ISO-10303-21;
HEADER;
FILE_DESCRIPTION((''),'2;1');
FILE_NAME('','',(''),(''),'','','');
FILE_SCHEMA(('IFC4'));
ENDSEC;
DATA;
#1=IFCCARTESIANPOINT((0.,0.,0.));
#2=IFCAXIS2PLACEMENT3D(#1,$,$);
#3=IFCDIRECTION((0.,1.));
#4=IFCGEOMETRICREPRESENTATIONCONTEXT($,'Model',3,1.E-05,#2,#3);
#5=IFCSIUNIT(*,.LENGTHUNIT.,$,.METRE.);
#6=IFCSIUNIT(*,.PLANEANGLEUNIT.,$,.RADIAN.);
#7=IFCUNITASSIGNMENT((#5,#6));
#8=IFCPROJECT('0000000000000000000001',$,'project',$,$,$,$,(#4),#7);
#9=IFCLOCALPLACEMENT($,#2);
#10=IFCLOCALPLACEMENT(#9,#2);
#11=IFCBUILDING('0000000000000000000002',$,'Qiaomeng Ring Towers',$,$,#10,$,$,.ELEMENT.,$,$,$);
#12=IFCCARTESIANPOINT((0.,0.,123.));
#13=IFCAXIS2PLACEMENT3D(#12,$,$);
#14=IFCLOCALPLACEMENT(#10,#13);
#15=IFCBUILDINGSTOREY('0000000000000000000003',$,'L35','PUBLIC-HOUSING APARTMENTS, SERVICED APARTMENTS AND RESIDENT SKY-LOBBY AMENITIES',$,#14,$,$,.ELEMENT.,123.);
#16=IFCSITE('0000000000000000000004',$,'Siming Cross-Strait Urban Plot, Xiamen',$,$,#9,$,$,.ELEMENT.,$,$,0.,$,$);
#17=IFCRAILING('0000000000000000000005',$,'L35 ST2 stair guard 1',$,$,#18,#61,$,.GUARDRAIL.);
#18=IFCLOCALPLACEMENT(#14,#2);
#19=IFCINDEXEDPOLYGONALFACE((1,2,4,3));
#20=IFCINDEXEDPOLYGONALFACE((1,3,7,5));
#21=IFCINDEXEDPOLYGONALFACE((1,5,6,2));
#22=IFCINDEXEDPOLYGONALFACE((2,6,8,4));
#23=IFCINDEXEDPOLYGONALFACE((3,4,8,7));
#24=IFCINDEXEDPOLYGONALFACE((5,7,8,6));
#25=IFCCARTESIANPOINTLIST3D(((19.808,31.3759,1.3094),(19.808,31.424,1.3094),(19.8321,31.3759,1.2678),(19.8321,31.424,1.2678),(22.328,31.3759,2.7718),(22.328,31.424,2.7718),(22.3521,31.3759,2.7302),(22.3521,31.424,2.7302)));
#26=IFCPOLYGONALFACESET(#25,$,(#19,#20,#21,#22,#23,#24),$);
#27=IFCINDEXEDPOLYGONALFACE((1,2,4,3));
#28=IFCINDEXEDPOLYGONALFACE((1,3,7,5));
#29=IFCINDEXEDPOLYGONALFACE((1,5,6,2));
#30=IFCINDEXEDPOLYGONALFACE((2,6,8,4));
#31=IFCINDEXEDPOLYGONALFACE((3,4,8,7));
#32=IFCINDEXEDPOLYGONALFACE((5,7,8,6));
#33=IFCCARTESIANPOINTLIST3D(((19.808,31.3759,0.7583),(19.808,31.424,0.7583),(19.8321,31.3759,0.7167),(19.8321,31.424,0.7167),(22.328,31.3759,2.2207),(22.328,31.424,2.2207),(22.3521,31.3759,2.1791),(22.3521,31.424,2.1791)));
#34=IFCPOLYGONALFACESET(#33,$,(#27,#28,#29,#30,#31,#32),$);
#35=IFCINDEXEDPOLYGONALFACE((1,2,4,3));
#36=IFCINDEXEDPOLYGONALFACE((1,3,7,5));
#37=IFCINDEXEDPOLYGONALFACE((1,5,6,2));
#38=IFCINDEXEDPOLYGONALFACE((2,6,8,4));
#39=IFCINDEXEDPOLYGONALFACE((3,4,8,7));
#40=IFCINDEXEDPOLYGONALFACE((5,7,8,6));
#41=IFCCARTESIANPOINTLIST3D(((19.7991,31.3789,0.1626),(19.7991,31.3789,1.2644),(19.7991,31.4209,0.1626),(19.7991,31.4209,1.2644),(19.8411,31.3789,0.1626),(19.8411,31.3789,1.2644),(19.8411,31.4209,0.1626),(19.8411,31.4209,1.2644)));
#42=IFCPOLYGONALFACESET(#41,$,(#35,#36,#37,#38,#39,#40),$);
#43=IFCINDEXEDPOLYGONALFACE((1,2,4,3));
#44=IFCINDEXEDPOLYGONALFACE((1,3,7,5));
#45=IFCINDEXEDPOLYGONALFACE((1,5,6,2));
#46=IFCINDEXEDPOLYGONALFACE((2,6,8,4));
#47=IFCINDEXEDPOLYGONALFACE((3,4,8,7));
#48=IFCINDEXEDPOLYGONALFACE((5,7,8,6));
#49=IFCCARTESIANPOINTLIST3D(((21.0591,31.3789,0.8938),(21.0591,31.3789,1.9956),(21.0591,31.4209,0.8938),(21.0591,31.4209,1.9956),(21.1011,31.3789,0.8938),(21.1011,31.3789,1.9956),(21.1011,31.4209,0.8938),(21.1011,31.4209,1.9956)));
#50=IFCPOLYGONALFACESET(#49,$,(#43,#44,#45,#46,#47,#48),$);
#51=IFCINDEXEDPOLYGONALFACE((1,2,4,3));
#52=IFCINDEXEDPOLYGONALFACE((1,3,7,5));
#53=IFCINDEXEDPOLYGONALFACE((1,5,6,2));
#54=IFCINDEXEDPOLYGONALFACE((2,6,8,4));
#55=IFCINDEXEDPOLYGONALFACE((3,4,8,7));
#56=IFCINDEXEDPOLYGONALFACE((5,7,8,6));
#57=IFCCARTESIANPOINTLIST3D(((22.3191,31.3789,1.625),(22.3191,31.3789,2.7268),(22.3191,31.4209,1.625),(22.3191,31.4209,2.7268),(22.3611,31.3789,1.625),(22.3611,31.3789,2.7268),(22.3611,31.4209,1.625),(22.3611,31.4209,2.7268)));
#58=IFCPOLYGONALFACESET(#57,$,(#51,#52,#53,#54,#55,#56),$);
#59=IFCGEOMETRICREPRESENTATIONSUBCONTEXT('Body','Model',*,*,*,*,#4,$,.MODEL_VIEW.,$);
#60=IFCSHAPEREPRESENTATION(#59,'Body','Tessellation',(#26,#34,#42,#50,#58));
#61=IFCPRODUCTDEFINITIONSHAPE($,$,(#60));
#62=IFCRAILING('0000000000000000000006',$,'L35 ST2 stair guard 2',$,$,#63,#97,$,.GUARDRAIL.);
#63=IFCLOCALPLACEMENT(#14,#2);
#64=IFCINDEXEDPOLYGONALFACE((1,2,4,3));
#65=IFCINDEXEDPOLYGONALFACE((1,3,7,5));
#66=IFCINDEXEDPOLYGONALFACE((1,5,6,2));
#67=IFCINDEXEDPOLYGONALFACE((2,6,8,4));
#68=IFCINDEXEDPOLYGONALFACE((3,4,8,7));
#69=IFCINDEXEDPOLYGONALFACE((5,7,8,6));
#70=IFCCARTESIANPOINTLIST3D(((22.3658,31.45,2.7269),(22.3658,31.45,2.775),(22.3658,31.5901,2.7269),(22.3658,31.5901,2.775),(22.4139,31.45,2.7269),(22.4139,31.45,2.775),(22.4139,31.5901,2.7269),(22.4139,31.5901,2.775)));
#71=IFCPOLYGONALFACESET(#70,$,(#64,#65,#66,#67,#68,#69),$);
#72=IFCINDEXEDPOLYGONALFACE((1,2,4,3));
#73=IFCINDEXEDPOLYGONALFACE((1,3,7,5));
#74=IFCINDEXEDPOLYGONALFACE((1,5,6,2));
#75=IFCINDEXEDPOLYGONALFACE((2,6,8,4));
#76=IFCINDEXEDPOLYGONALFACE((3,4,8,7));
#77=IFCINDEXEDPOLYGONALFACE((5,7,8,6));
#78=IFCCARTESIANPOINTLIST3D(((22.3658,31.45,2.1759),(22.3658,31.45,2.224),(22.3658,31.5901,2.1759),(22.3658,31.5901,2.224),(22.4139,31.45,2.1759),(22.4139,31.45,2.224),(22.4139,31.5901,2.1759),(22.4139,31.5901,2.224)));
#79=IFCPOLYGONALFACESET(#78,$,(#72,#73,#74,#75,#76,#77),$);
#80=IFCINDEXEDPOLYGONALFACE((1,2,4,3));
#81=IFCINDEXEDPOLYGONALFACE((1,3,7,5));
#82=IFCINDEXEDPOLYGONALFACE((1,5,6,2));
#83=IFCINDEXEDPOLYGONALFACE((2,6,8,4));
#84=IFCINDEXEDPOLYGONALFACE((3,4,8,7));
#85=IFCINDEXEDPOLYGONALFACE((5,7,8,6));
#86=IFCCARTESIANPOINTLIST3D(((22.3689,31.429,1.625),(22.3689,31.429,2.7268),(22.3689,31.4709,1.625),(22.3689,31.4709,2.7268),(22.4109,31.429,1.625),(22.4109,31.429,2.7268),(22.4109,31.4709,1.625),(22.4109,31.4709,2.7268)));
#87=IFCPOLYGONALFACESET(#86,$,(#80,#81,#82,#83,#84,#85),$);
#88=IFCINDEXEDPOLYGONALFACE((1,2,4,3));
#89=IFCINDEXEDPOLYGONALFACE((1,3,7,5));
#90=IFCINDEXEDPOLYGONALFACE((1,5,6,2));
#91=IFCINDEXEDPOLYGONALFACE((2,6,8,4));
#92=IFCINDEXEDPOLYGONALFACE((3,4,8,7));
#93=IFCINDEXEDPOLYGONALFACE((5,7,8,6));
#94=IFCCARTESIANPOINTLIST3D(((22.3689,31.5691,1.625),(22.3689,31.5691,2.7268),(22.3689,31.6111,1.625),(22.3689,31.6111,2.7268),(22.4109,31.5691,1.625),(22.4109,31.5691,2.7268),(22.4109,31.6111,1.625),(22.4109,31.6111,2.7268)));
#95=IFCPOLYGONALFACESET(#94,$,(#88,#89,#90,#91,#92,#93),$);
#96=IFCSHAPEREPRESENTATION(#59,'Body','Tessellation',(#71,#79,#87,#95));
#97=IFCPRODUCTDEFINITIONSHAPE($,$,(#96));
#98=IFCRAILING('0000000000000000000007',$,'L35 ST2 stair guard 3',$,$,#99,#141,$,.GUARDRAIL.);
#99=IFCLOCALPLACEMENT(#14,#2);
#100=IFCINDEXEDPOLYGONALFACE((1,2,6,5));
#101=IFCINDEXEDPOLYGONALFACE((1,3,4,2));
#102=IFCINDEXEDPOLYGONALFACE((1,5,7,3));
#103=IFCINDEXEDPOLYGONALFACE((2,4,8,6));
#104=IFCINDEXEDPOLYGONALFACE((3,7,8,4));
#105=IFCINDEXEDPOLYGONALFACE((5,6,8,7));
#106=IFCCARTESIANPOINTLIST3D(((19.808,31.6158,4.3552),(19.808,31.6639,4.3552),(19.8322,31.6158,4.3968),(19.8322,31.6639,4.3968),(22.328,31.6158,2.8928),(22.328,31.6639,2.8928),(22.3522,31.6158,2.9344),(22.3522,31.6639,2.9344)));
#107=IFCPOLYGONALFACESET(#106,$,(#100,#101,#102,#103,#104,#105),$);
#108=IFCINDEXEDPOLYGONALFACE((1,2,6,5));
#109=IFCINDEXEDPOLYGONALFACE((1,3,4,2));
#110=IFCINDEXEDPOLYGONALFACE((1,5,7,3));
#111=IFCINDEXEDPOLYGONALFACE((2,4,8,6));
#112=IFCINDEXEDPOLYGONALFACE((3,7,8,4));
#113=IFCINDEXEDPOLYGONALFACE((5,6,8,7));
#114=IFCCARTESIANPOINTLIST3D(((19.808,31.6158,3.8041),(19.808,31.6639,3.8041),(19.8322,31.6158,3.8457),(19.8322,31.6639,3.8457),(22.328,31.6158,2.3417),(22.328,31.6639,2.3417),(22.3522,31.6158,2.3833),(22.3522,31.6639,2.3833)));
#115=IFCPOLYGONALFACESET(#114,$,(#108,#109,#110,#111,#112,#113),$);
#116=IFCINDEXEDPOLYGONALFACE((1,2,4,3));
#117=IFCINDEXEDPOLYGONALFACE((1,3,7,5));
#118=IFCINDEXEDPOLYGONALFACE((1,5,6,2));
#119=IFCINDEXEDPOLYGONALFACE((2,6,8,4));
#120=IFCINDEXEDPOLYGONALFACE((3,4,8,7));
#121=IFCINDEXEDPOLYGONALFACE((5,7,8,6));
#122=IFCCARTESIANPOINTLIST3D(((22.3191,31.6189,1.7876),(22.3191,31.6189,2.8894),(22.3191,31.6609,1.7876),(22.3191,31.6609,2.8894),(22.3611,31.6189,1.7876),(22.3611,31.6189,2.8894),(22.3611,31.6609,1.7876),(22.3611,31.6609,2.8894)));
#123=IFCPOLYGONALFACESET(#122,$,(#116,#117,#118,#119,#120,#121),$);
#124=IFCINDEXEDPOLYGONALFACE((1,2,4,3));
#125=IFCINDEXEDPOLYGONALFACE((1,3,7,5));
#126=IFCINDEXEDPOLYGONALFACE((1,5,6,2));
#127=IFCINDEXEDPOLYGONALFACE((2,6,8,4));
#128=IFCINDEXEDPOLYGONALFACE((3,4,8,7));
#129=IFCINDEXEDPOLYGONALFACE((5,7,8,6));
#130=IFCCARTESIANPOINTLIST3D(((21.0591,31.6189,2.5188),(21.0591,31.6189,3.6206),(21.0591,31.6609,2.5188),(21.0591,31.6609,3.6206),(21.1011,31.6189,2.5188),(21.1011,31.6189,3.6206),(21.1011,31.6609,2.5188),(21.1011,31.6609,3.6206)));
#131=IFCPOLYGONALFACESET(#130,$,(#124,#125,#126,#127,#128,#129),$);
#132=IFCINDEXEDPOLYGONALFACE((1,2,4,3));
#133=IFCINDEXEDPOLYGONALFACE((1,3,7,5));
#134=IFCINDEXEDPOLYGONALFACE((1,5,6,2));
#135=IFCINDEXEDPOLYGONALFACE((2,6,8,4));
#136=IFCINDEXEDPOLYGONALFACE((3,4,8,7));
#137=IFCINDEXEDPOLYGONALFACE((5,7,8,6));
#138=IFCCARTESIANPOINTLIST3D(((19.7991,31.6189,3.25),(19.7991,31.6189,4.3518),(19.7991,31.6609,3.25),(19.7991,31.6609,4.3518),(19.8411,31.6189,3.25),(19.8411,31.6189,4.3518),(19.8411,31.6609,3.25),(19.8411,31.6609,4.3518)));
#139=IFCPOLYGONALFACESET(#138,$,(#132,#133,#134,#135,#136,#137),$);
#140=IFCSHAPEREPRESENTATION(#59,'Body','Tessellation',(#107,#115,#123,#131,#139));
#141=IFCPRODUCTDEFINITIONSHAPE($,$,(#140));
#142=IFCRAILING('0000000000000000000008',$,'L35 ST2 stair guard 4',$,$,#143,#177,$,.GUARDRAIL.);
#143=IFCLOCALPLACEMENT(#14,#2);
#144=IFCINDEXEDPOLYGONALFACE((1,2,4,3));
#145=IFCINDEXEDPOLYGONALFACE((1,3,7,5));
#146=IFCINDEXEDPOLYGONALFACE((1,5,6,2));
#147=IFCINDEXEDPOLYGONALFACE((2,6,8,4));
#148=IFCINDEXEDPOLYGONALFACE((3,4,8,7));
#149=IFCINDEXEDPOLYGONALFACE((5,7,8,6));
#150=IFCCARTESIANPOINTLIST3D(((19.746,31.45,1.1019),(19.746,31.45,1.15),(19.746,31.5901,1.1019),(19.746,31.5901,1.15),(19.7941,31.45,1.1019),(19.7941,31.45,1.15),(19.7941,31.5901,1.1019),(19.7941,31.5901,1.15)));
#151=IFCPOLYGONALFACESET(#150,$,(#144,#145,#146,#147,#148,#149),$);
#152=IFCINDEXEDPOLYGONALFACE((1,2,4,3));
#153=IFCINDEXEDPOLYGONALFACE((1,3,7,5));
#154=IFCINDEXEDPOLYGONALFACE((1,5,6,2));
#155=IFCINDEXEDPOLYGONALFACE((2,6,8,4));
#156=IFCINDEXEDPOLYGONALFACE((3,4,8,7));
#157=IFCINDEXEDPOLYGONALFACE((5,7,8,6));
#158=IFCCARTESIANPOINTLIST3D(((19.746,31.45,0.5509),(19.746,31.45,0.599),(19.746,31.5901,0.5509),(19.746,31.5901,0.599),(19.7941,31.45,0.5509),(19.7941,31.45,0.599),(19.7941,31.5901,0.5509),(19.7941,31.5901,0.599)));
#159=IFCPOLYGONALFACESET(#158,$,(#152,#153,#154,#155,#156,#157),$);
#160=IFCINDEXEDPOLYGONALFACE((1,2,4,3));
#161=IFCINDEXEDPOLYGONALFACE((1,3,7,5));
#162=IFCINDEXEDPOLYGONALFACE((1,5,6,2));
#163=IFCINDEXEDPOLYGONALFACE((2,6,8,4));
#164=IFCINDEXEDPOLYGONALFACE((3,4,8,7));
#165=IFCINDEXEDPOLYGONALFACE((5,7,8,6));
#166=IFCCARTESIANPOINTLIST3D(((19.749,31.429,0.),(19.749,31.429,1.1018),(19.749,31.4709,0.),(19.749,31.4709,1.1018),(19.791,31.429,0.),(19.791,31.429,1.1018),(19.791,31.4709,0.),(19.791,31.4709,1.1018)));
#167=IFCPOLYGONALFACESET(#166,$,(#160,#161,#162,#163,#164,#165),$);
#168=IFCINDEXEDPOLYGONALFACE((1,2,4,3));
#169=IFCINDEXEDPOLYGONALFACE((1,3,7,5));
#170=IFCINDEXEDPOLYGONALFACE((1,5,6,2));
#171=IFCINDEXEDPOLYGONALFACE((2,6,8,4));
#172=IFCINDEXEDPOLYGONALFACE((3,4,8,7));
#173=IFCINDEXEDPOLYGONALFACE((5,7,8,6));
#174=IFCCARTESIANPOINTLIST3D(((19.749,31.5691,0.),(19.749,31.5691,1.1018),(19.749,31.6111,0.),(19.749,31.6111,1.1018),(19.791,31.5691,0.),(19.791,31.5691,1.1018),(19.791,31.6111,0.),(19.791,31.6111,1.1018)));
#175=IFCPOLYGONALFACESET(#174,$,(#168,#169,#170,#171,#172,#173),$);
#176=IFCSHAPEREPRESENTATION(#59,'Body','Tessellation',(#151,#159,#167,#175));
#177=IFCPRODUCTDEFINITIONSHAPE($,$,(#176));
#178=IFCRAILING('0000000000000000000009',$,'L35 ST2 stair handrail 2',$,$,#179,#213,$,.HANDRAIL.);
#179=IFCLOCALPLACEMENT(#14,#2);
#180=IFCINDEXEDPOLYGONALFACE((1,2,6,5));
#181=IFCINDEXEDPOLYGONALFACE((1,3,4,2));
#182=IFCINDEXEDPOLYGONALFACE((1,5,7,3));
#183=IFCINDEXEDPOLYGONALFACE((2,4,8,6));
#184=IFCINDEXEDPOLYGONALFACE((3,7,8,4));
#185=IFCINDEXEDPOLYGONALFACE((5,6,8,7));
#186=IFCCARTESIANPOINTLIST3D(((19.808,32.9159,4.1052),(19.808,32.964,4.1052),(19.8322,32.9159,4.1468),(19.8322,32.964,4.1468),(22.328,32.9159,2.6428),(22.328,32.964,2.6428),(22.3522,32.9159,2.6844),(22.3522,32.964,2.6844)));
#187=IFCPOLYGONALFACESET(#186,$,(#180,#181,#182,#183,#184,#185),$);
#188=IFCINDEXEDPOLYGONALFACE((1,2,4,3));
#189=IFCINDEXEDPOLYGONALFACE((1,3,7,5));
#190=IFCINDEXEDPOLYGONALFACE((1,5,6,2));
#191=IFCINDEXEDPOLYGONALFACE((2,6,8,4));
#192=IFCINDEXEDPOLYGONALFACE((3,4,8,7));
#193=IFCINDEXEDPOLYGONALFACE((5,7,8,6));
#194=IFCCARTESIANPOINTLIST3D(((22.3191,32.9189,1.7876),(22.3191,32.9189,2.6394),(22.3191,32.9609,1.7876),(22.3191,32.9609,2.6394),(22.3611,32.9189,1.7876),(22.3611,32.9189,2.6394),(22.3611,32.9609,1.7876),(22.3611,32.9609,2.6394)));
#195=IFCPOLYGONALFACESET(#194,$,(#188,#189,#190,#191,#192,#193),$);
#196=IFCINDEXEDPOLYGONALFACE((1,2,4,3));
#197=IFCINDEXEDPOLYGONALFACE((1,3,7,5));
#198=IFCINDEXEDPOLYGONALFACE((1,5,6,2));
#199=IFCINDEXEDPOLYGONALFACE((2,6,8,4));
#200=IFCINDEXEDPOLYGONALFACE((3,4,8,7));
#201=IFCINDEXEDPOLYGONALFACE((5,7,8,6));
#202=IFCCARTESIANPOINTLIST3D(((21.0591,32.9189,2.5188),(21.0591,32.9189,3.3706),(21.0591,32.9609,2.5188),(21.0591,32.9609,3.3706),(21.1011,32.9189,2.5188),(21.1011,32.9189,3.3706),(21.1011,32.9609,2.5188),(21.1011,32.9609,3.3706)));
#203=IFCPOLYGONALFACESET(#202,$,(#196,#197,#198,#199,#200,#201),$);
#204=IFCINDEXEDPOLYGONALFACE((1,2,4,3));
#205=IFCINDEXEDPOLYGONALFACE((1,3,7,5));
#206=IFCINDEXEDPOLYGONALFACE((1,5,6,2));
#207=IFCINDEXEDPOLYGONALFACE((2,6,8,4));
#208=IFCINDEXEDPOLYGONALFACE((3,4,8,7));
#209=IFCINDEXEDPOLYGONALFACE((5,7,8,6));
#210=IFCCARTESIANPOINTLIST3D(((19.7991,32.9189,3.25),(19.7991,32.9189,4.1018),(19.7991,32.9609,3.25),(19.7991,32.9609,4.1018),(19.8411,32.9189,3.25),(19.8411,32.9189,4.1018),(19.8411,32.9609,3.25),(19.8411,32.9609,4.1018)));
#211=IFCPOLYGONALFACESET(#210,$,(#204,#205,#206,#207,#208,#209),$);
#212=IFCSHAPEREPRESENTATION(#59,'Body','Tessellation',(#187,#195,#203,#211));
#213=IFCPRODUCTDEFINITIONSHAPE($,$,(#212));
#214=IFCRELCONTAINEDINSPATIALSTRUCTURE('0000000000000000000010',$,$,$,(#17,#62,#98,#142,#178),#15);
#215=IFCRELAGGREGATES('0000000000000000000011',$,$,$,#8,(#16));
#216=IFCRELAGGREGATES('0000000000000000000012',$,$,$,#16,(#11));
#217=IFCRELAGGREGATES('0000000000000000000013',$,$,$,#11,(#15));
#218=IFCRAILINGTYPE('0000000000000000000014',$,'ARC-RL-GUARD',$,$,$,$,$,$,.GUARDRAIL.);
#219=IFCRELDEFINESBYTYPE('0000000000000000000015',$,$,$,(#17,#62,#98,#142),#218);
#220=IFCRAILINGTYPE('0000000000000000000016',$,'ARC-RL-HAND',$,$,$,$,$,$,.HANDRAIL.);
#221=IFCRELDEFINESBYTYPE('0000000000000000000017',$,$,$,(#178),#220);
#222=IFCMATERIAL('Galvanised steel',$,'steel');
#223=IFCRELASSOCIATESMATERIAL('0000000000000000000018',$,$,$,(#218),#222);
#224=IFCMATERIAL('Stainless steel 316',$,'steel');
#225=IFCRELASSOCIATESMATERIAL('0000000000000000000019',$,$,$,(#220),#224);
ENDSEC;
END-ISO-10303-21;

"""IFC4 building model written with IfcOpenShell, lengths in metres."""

from ifc_helpers import new_model, si_unit, direction, frame, origin, origin_2d, place, context, subcontext, project, spatial, rectangle, extrude, material, type_object, element, save


model = new_model("IFC4")

# Units and contexts
model_context = context("Model", 3, precision=1e-05, world=origin(), true_north=direction((0.0, 1.0)))
body_context = subcontext(model_context, "Body", "Model", "MODEL_VIEW")
ifc_project = project(units=[si_unit("LENGTHUNIT", "METRE"), si_unit("PLANEANGLEUNIT", "RADIAN")], contexts=[model_context])

# Site, building, storey
site_placement = place(None, origin())
site = spatial("IfcSite", under=ifc_project, at=site_placement, Name="Siming Cross-Strait Urban Plot, Xiamen", CompositionType="ELEMENT", RefElevation=0.0)
building_placement = place(site_placement, origin())
building = spatial("IfcBuilding", under=site, at=building_placement, Name="Qiaomeng Ring Towers", CompositionType="ELEMENT")
storey_placement = place(building_placement, frame((0.0, 0.0, 123.0)))
storey = spatial("IfcBuildingStorey", under=building, at=storey_placement, Name="L35", Description="PUBLIC-HOUSING APARTMENTS, SERVICED APARTMENTS AND RESIDENT SKY-LOBBY AMENITIES", CompositionType="ELEMENT", Elevation=123.0)

# Railings
ifc_material_1 = material(Name="Galvanised steel", Category="steel")
railing_type_1 = type_object("IfcRailingType", Name="ARC-RL-GUARD", PredefinedType="GUARDRAIL", material=ifc_material_1)
railing_1_placement = place(storey_placement, frame((19.8201, 31.3999, 0.1626)))
element("IfcRailing", 1, at=railing_1_placement, inside=storey, type_object=railing_type_1, Name="L35 ST2 stair guard 1", PredefinedType="GUARDRAIL", context=body_context, shape_type="SweptSolid", body=[
    extrude(rectangle(XDim=0.0481, YDim=0.0481, at=origin_2d()), frame((0.0, 0.0, 1.126), z_axis=(0.864913, 0.0, 0.501921), x_axis=(0.0, 1.0, 0.0)), (0.0, 0.0, 1.0), 2.9136),
    extrude(rectangle(XDim=0.0481, YDim=0.0481, at=origin_2d()), frame((0.0, 0.0, 0.575), z_axis=(0.864913, 0.0, 0.501921), x_axis=(0.0, 1.0, 0.0)), (0.0, 0.0, 1.0), 2.9136),
    extrude(rectangle(XDim=0.042, YDim=0.042, at=origin_2d()), origin(), (0.0, 0.0, 1.0), 1.1018),
    extrude(rectangle(XDim=0.042, YDim=0.042, at=origin_2d()), frame((1.26, 0.0, 0.7312)), (0.0, 0.0, 1.0), 1.1018),
    extrude(rectangle(XDim=0.042, YDim=0.042, at=origin_2d()), frame((2.52, 0.0, 1.4624)), (0.0, 0.0, 1.0), 1.1018),
])
railing_2_placement = place(storey_placement, frame((22.3899, 31.45, 1.625)))
element("IfcRailing", 2, at=railing_2_placement, inside=storey, type_object=railing_type_1, Name="L35 ST2 stair guard 2", PredefinedType="GUARDRAIL", context=body_context, shape_type="SweptSolid", body=[
    extrude(rectangle(XDim=0.0481, YDim=0.0481, at=origin_2d()), frame((0.0, 0.0, 1.126), z_axis=(0.0, 1.0, 0.0), x_axis=(-1.0, 0.0, 0.0)), (0.0, 0.0, 1.0), 0.1401),
    extrude(rectangle(XDim=0.0481, YDim=0.0481, at=origin_2d()), frame((0.0, 0.0, 0.575), z_axis=(0.0, 1.0, 0.0), x_axis=(-1.0, 0.0, 0.0)), (0.0, 0.0, 1.0), 0.1401),
    extrude(rectangle(XDim=0.042, YDim=0.042, at=origin_2d()), origin(), (0.0, 0.0, 1.0), 1.1018),
    extrude(rectangle(XDim=0.042, YDim=0.042, at=origin_2d()), frame((0.0, 0.1401, 0.0)), (0.0, 0.0, 1.0), 1.1018),
])
railing_3_placement = place(storey_placement, frame((22.3401, 31.6399, 1.7876)))
element("IfcRailing", 3, at=railing_3_placement, inside=storey, type_object=railing_type_1, Name="L35 ST2 stair guard 3", PredefinedType="GUARDRAIL", context=body_context, shape_type="SweptSolid", body=[
    extrude(rectangle(XDim=0.0481, YDim=0.0481, at=origin_2d()), frame((0.0, 0.0, 1.126), z_axis=(-0.864913, 0.0, 0.501921), x_axis=(0.0, -1.0, 0.0)), (0.0, 0.0, 1.0), 2.9136),
    extrude(rectangle(XDim=0.0481, YDim=0.0481, at=origin_2d()), frame((0.0, 0.0, 0.575), z_axis=(-0.864913, 0.0, 0.501921), x_axis=(0.0, -1.0, 0.0)), (0.0, 0.0, 1.0), 2.9136),
    extrude(rectangle(XDim=0.042, YDim=0.042, at=origin_2d()), origin(), (0.0, 0.0, 1.0), 1.1018),
    extrude(rectangle(XDim=0.042, YDim=0.042, at=origin_2d()), frame((-1.26, 0.0, 0.7312)), (0.0, 0.0, 1.0), 1.1018),
    extrude(rectangle(XDim=0.042, YDim=0.042, at=origin_2d()), frame((-2.52, 0.0, 1.4624)), (0.0, 0.0, 1.0), 1.1018),
])
railing_4_placement = place(storey_placement, frame((19.77, 31.45, 0.0)))
element("IfcRailing", 4, at=railing_4_placement, inside=storey, type_object=railing_type_1, Name="L35 ST2 stair guard 4", PredefinedType="GUARDRAIL", context=body_context, shape_type="SweptSolid", body=[
    extrude(rectangle(XDim=0.0481, YDim=0.0481, at=origin_2d()), frame((0.0, 0.0, 1.126), z_axis=(0.0, 1.0, 0.0), x_axis=(-1.0, 0.0, 0.0)), (0.0, 0.0, 1.0), 0.1401),
    extrude(rectangle(XDim=0.0481, YDim=0.0481, at=origin_2d()), frame((0.0, 0.0, 0.575), z_axis=(0.0, 1.0, 0.0), x_axis=(-1.0, 0.0, 0.0)), (0.0, 0.0, 1.0), 0.1401),
    extrude(rectangle(XDim=0.042, YDim=0.042, at=origin_2d()), origin(), (0.0, 0.0, 1.0), 1.1018),
    extrude(rectangle(XDim=0.042, YDim=0.042, at=origin_2d()), frame((0.0, 0.1401, 0.0)), (0.0, 0.0, 1.0), 1.1018),
])
ifc_material_2 = material(Name="Stainless steel 316", Category="steel")
railing_type_2 = type_object("IfcRailingType", Name="ARC-RL-HAND", PredefinedType="HANDRAIL", material=ifc_material_2)
railing_5_placement = place(storey_placement, frame((22.3401, 32.9399, 1.7876)))
element("IfcRailing", 5, at=railing_5_placement, inside=storey, type_object=railing_type_2, Name="L35 ST2 stair handrail 2", PredefinedType="HANDRAIL", context=body_context, shape_type="SweptSolid", body=[
    extrude(rectangle(XDim=0.0481, YDim=0.0481, at=origin_2d()), frame((0.0, 0.0, 0.876), z_axis=(-0.864913, 0.0, 0.501921), x_axis=(0.0, -1.0, 0.0)), (0.0, 0.0, 1.0), 2.9136),
    extrude(rectangle(XDim=0.042, YDim=0.042, at=origin_2d()), origin(), (0.0, 0.0, 1.0), 0.8518),
    extrude(rectangle(XDim=0.042, YDim=0.042, at=origin_2d()), frame((-1.26, 0.0, 0.7312)), (0.0, 0.0, 1.0), 0.8518),
    extrude(rectangle(XDim=0.042, YDim=0.042, at=origin_2d()), frame((-2.52, 0.0, 1.4624)), (0.0, 0.0, 1.0), 0.8518),
])

save(model, "model.ifc")
